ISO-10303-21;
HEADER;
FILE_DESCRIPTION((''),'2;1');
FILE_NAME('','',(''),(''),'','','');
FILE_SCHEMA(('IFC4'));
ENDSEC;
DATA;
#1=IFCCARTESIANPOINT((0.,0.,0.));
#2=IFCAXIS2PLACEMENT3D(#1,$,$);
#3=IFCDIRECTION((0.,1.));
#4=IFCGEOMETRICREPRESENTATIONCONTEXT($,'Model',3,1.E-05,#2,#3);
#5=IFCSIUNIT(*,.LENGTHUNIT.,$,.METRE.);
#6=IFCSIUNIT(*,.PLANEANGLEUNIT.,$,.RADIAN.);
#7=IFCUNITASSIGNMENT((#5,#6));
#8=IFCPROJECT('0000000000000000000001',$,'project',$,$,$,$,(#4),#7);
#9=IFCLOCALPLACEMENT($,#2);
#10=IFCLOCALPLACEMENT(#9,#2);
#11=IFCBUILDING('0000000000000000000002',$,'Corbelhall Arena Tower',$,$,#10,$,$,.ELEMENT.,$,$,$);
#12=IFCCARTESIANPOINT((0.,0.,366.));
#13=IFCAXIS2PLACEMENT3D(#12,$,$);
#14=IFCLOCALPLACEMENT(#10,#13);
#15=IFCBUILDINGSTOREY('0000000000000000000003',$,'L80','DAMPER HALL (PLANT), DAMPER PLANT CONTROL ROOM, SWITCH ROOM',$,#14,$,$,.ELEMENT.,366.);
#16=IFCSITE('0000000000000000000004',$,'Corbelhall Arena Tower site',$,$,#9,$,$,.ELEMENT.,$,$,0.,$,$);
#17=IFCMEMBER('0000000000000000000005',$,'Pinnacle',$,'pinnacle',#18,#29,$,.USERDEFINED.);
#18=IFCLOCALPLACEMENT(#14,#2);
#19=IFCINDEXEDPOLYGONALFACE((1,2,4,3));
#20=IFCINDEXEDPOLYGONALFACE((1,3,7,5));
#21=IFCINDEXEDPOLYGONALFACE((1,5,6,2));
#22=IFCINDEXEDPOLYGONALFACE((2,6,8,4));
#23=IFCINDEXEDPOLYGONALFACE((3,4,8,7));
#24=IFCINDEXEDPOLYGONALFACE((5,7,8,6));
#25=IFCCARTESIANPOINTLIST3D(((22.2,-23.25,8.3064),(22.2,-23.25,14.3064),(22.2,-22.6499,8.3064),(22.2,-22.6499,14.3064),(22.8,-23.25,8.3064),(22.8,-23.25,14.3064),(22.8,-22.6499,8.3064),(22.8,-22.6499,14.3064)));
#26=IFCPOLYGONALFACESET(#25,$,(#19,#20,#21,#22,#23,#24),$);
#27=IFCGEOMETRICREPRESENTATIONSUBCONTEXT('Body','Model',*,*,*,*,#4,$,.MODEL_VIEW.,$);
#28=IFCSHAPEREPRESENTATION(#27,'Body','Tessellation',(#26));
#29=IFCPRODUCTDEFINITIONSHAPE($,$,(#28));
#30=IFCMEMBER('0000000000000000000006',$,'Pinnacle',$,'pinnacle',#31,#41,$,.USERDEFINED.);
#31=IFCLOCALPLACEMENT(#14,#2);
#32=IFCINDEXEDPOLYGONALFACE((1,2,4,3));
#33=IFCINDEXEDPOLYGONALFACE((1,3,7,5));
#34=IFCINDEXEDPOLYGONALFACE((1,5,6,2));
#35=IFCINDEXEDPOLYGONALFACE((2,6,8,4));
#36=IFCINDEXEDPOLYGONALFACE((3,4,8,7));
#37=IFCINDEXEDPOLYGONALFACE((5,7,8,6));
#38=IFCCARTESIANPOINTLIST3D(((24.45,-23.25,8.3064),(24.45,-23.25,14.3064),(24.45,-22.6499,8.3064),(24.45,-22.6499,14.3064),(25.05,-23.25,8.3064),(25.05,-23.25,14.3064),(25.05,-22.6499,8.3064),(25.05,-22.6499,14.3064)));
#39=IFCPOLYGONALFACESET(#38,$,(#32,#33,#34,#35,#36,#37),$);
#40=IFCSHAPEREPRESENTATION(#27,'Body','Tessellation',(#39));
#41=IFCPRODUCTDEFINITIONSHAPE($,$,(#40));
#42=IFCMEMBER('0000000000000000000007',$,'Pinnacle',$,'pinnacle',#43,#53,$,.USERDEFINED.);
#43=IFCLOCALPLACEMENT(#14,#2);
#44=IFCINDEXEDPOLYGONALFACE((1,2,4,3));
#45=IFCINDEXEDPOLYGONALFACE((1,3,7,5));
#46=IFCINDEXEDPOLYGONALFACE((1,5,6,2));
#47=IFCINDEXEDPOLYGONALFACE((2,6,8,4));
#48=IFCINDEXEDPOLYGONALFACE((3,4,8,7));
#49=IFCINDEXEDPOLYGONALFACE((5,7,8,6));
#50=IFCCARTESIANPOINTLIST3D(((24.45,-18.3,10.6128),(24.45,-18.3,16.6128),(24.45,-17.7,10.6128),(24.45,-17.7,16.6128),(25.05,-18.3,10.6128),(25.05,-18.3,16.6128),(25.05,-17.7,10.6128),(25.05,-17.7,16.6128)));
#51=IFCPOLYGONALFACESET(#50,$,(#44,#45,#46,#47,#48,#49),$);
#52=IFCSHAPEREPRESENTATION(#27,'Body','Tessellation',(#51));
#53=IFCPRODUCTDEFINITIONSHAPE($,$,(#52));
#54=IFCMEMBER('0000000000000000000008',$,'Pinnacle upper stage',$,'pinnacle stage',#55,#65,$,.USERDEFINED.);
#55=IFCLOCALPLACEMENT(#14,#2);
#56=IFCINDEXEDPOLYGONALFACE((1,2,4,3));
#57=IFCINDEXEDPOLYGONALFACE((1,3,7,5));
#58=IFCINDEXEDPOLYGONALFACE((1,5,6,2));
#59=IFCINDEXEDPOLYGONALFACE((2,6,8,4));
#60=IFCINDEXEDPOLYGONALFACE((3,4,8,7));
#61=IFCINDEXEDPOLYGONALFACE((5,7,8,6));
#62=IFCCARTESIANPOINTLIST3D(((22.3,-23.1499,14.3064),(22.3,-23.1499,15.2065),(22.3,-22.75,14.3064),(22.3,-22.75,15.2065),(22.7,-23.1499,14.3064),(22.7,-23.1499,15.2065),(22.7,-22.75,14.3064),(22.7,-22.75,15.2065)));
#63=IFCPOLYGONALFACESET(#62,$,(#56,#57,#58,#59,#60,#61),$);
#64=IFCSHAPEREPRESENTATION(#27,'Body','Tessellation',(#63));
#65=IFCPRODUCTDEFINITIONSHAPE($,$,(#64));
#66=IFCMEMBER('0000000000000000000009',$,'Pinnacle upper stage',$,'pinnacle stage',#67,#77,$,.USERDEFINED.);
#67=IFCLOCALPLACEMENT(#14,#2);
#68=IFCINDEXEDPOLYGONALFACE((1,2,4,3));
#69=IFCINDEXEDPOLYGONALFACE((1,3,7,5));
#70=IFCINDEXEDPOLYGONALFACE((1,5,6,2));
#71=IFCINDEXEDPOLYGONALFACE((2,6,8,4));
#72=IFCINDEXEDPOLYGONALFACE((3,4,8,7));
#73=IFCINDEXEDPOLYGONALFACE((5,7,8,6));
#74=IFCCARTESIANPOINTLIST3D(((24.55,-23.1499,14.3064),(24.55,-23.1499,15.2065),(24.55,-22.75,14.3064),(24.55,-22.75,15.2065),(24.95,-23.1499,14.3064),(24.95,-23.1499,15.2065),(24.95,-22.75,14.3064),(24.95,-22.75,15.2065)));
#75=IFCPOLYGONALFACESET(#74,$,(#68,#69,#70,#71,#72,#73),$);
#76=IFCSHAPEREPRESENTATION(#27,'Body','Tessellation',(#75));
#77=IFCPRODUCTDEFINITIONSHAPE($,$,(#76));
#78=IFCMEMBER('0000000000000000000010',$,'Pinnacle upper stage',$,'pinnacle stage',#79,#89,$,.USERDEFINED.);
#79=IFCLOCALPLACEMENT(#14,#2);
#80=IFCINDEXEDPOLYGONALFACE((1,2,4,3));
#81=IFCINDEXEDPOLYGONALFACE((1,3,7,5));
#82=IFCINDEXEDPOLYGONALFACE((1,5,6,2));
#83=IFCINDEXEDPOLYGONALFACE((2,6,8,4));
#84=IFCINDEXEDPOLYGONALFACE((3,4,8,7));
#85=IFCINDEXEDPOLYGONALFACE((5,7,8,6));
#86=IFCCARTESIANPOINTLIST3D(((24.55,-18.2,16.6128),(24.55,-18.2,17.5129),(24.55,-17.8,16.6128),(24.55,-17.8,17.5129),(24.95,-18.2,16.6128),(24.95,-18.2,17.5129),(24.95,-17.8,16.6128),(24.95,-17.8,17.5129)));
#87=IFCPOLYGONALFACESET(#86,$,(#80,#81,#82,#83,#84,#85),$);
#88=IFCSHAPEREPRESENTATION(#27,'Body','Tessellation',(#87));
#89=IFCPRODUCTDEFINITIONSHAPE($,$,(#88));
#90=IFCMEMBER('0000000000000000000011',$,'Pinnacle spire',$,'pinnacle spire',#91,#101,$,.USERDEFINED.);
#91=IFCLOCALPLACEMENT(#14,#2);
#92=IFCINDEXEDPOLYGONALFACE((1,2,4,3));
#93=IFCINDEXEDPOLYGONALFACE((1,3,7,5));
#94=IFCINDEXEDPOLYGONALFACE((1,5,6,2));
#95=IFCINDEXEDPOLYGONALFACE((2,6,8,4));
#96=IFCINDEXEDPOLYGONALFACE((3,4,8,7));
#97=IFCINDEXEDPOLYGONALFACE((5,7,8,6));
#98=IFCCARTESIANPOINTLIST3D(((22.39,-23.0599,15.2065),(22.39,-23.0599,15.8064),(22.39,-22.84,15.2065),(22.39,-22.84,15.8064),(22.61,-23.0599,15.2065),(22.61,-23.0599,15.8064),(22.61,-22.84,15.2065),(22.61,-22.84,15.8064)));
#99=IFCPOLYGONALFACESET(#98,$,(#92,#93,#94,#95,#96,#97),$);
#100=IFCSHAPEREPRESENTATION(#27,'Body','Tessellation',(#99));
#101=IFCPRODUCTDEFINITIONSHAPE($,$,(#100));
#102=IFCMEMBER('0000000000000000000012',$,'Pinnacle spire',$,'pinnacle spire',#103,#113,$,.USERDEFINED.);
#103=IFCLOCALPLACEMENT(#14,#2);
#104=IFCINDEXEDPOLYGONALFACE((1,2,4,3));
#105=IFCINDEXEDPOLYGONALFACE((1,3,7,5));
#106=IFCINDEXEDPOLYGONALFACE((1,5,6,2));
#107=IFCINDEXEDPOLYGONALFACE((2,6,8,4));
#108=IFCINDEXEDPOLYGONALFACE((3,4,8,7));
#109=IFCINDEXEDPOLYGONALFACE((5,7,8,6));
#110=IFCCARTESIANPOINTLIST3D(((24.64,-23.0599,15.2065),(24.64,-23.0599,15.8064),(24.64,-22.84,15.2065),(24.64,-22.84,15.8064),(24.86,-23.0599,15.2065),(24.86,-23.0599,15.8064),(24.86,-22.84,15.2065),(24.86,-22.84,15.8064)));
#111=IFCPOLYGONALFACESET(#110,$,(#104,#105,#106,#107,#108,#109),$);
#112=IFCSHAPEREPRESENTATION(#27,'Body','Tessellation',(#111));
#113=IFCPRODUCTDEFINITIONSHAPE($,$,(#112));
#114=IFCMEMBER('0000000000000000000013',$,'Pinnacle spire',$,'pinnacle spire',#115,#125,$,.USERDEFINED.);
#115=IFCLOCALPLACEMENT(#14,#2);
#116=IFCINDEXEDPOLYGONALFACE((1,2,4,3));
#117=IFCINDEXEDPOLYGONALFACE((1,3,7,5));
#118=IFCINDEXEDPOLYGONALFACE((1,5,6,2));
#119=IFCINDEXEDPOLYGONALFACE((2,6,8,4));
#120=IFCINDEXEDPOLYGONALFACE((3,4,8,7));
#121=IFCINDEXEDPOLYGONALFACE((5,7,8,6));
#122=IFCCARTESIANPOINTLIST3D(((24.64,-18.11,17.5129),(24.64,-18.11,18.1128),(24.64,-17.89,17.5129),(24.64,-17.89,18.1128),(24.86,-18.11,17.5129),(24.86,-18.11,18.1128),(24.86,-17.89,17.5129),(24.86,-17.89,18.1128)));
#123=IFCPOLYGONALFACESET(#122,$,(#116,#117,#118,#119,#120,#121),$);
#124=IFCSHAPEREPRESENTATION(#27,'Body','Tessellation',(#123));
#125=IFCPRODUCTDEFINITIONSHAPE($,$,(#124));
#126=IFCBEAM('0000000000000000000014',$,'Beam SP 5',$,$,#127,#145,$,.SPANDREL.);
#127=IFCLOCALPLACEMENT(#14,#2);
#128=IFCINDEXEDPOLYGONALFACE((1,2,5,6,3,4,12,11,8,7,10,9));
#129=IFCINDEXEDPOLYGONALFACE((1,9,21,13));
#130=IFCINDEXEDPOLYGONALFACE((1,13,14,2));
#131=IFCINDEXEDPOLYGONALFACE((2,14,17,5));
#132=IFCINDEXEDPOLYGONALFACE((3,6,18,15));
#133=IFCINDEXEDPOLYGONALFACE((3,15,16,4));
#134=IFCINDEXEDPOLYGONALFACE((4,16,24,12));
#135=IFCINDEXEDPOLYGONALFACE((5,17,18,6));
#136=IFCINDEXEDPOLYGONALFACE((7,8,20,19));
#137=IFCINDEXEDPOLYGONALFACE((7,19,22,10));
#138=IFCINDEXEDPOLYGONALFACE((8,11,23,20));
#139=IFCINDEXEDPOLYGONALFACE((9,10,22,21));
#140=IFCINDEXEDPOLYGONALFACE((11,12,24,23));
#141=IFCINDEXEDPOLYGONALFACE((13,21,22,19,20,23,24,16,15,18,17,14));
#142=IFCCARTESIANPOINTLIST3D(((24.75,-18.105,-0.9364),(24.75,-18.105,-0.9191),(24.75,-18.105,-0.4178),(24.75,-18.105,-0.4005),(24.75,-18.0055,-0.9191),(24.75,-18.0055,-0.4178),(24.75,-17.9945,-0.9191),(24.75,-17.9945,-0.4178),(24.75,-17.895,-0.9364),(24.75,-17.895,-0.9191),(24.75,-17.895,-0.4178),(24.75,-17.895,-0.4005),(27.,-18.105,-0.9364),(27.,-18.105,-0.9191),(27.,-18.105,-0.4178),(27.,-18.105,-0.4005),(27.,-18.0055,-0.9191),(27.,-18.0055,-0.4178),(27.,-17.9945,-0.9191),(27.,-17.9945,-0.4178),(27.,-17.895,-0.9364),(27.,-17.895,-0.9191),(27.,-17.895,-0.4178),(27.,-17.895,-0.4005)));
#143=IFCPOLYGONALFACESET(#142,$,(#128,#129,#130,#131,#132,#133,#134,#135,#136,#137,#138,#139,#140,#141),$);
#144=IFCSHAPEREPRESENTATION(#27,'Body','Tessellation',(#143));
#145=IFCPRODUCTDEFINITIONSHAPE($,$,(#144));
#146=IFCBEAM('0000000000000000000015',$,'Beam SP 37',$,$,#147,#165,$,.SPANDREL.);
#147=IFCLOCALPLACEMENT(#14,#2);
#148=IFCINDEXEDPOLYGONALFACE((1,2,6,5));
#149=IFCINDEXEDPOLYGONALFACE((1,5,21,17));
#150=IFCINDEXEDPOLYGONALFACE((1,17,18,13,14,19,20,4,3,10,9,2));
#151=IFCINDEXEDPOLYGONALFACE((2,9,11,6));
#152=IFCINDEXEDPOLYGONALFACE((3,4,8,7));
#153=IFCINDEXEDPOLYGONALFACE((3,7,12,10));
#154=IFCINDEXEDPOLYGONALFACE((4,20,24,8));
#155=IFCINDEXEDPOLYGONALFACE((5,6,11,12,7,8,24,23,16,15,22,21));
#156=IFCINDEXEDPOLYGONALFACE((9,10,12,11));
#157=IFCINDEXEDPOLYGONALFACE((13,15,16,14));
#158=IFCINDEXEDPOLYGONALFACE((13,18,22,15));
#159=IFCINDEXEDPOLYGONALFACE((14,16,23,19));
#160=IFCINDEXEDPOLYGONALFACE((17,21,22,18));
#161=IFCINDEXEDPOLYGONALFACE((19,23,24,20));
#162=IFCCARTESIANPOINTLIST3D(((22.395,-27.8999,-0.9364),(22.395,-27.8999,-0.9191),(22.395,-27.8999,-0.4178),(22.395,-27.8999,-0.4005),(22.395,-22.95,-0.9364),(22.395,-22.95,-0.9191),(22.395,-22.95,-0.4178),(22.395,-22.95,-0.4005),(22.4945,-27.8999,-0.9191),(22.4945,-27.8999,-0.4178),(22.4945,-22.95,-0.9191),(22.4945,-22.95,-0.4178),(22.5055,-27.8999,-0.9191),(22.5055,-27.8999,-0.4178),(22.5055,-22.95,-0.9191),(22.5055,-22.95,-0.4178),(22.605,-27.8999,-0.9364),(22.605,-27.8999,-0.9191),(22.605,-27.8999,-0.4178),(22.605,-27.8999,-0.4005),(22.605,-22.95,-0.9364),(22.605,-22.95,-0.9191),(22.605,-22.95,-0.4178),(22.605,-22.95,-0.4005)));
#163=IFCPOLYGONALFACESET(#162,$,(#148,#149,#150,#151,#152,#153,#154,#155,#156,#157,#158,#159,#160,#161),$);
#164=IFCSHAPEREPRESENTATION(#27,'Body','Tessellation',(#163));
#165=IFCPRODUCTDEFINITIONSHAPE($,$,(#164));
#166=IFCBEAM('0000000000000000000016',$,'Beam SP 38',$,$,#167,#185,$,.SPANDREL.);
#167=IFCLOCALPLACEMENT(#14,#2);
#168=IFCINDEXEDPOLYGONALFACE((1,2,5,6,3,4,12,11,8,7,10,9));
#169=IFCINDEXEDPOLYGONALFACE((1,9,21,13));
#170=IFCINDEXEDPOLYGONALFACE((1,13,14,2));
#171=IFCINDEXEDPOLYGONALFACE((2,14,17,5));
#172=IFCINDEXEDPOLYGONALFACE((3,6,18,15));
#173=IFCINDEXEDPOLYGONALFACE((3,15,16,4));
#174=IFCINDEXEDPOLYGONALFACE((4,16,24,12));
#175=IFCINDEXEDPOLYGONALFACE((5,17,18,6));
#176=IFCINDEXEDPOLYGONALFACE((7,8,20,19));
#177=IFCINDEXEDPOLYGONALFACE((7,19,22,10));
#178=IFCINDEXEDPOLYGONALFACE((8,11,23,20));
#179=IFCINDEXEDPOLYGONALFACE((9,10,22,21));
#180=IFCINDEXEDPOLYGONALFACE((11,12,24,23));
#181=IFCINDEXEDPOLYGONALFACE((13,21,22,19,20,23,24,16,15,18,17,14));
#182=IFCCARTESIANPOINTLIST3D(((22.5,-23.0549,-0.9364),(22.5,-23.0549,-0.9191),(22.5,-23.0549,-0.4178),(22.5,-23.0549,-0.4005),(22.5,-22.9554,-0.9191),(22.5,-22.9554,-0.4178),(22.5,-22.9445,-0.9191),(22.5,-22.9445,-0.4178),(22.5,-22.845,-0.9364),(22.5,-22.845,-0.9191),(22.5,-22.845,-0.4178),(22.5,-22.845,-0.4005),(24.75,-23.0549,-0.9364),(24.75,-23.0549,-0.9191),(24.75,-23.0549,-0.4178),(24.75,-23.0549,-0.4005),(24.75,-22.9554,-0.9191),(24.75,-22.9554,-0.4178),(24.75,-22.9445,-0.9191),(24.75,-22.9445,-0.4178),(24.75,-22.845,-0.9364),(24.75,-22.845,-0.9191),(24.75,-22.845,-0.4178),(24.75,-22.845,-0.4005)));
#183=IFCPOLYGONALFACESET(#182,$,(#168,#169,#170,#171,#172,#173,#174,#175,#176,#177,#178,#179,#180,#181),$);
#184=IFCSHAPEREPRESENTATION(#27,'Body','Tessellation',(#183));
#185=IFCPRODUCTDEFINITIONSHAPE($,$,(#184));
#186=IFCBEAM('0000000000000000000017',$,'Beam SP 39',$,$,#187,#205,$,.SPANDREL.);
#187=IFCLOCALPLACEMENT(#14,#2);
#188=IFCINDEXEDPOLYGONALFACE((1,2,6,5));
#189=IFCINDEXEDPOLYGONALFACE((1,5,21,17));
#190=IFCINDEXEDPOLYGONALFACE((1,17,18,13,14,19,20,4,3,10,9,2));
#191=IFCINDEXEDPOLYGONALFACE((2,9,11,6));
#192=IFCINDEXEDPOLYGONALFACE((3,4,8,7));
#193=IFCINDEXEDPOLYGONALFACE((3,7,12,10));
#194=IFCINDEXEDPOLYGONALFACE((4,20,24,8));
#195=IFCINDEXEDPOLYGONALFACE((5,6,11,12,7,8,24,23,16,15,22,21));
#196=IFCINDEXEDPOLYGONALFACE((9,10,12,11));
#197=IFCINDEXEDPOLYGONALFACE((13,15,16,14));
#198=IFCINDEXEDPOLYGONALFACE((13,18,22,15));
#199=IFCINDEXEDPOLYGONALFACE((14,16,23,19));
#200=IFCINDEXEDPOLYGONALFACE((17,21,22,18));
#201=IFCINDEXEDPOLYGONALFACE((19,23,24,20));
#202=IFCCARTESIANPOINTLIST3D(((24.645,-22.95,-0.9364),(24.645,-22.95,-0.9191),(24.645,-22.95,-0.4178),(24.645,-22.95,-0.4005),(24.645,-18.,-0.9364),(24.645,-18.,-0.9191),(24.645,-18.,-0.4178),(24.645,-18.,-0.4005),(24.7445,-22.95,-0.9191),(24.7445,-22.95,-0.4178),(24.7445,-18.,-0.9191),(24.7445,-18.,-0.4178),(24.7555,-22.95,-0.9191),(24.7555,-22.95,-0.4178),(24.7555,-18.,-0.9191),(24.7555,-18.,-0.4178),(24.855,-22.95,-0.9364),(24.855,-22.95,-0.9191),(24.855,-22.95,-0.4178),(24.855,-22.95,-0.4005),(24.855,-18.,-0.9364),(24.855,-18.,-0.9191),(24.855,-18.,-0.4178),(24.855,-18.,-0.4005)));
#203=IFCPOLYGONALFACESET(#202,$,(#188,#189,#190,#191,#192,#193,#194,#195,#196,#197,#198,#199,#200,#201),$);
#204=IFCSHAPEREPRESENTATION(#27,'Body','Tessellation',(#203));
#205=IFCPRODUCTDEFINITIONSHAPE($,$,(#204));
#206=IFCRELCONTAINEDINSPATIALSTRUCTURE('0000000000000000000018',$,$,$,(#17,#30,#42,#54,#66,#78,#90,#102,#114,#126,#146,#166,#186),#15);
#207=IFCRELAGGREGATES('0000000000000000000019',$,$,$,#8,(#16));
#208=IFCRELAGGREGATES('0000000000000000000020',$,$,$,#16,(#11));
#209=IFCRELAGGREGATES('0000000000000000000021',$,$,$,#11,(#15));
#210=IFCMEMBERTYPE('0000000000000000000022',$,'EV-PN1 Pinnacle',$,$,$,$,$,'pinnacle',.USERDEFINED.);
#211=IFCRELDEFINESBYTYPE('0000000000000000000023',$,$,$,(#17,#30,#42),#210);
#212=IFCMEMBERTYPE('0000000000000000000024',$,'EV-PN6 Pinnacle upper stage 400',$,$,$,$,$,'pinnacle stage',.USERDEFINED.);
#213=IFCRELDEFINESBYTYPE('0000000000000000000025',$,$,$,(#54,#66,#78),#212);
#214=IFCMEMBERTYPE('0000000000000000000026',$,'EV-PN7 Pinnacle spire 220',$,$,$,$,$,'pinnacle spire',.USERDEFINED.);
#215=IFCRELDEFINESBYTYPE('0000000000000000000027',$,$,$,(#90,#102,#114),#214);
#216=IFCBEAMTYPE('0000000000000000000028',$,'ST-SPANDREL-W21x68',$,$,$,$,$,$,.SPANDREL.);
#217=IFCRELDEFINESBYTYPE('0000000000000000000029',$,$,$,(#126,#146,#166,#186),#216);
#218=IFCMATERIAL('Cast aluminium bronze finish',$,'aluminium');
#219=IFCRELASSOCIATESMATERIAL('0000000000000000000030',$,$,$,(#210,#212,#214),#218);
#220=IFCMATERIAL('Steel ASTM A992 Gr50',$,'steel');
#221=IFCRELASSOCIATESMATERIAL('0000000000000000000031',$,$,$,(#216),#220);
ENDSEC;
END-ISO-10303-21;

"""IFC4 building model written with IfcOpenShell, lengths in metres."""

from ifc_helpers import new_model, si_unit, direction, frame, origin, origin_2d, place, context, subcontext, project, spatial, rectangle, i_section, extrude, material, material_profile, profile_set, type_object, element, save


model = new_model("IFC4")

# Units and contexts
model_context = context("Model", 3, precision=1e-05, world=origin(), true_north=direction((0.0, 1.0)))
body_context = subcontext(model_context, "Body", "Model", "MODEL_VIEW")
ifc_project = project(units=[si_unit("LENGTHUNIT", "METRE"), si_unit("PLANEANGLEUNIT", "RADIAN")], contexts=[model_context])

# Site, building, storey
site_placement = place(None, origin())
site = spatial("IfcSite", under=ifc_project, at=site_placement, Name="Corbelhall Arena Tower site", CompositionType="ELEMENT", RefElevation=0.0)
building_placement = place(site_placement, origin())
building = spatial("IfcBuilding", under=site, at=building_placement, Name="Corbelhall Arena Tower", CompositionType="ELEMENT")
storey_placement = place(building_placement, frame((0.0, 0.0, 366.0)))
storey = spatial("IfcBuildingStorey", under=building, at=storey_placement, Name="L80", Description="DAMPER HALL (PLANT), DAMPER PLANT CONTROL ROOM, SWITCH ROOM", CompositionType="ELEMENT", Elevation=366.0)

# Members
ifc_material_1 = material(Name="Cast aluminium bronze finish", Category="aluminium")
ifc_material_profile_1 = material_profile(ifc_material_1, rectangle(XDim=0.6001, YDim=0.6001, at=origin_2d()))
ifc_profile_set_1 = profile_set([ifc_material_profile_1], Name="Cast aluminium bronze finish")
member_type_1 = type_object("IfcMemberType", Name="EV-PN1 Pinnacle", ElementType="pinnacle", PredefinedType="USERDEFINED", material=ifc_profile_set_1)
for number, where, z_axis, x_axis, name in (
    (1, (22.5, -22.95, 8.3064), (0.0, 0.0, 1.0), (1.0, 0.0, 0.0), "Pinnacle"),
    (2, (24.75, -22.95, 8.3064), (0.0, 0.0, 1.0), (1.0, 0.0, 0.0), "Pinnacle"),
    (3, (24.75, -18.0, 10.6128), (0.0, 0.0, 1.0), (1.0, 0.0, 0.0), "Pinnacle"),
):
    element("IfcMember", number, at=place(storey_placement, frame(where, z_axis=z_axis, x_axis=x_axis)), inside=storey, type_object=member_type_1, Name=name, ObjectType="pinnacle", PredefinedType="USERDEFINED", context=body_context, shape_type="SweptSolid", body=[
        extrude(rectangle(XDim=0.6001, YDim=0.6001, at=origin_2d()), origin(), (0.0, 0.0, 1.0), 6.0),
    ])
ifc_material_profile_2 = material_profile(ifc_material_1, rectangle(XDim=0.3999, YDim=0.3999, at=origin_2d()))
ifc_profile_set_2 = profile_set([ifc_material_profile_2], Name="Cast aluminium bronze finish")
member_type_2 = type_object("IfcMemberType", Name="EV-PN6 Pinnacle upper stage 400", ElementType="pinnacle stage", PredefinedType="USERDEFINED", material=ifc_profile_set_2)
for number, where, z_axis, x_axis, name in (
    (4, (22.5, -22.95, 14.3064), (0.0, 0.0, 1.0), (1.0, 0.0, 0.0), "Pinnacle upper stage"),
    (5, (24.75, -22.95, 14.3064), (0.0, 0.0, 1.0), (1.0, 0.0, 0.0), "Pinnacle upper stage"),
    (6, (24.75, -18.0, 16.6128), (0.0, 0.0, 1.0), (1.0, 0.0, 0.0), "Pinnacle upper stage"),
):
    element("IfcMember", number, at=place(storey_placement, frame(where, z_axis=z_axis, x_axis=x_axis)), inside=storey, type_object=member_type_2, Name=name, ObjectType="pinnacle stage", PredefinedType="USERDEFINED", context=body_context, shape_type="SweptSolid", body=[
        extrude(rectangle(XDim=0.3999, YDim=0.3999, at=origin_2d()), origin(), (0.0, 0.0, 1.0), 0.9001),
    ])
ifc_material_profile_3 = material_profile(ifc_material_1, rectangle(XDim=0.22, YDim=0.22, at=origin_2d()))
ifc_profile_set_3 = profile_set([ifc_material_profile_3], Name="Cast aluminium bronze finish")
member_type_3 = type_object("IfcMemberType", Name="EV-PN7 Pinnacle spire 220", ElementType="pinnacle spire", PredefinedType="USERDEFINED", material=ifc_profile_set_3)
for number, where, z_axis, x_axis, name in (
    (7, (22.5, -22.95, 15.2065), (0.0, 0.0, 1.0), (1.0, 0.0, 0.0), "Pinnacle spire"),
    (8, (24.75, -22.95, 15.2065), (0.0, 0.0, 1.0), (1.0, 0.0, 0.0), "Pinnacle spire"),
    (9, (24.75, -18.0, 17.5129), (0.0, 0.0, 1.0), (1.0, 0.0, 0.0), "Pinnacle spire"),
):
    element("IfcMember", number, at=place(storey_placement, frame(where, z_axis=z_axis, x_axis=x_axis)), inside=storey, type_object=member_type_3, Name=name, ObjectType="pinnacle spire", PredefinedType="USERDEFINED", context=body_context, shape_type="SweptSolid", body=[
        extrude(rectangle(XDim=0.22, YDim=0.22, at=origin_2d()), origin(), (0.0, 0.0, 1.0), 0.5999),
    ])

# Beams
ifc_material_2 = material(Name="Steel ASTM A992 Gr50", Category="steel")
ifc_material_profile_4 = material_profile(ifc_material_2, i_section(OverallWidth=0.21, OverallDepth=0.5359, WebThickness=0.011, FlangeThickness=0.0173, at=origin_2d()))
ifc_profile_set_4 = profile_set([ifc_material_profile_4], Name="Steel ASTM A992 Gr50")
beam_type = type_object("IfcBeamType", Name="ST-SPANDREL-W21x68", PredefinedType="SPANDREL", material=ifc_profile_set_4)
beam_1_placement = place(storey_placement, frame((27.0, -18.0, -0.6685), z_axis=(-1.0, 0.0, 0.0), x_axis=(0.0, -1.0, 0.0)))
element("IfcBeam", 10, at=beam_1_placement, inside=storey, type_object=beam_type, Name="Beam SP 5", PredefinedType="SPANDREL", context=body_context, shape_type="SweptSolid", body=[
    extrude(i_section(OverallWidth=0.21, OverallDepth=0.5359, WebThickness=0.011, FlangeThickness=0.0173, at=origin_2d()), origin(), (0.0, 0.0, 1.0), 2.25),
])
beam_2_placement = place(storey_placement, frame((22.5, -22.95, -0.6685), z_axis=(0.0, -1.0, 0.0), x_axis=(1.0, 0.0, 0.0)))
element("IfcBeam", 11, at=beam_2_placement, inside=storey, type_object=beam_type, Name="Beam SP 37", PredefinedType="SPANDREL", context=body_context, shape_type="SweptSolid", body=[
    extrude(i_section(OverallWidth=0.21, OverallDepth=0.5359, WebThickness=0.011, FlangeThickness=0.0173, at=origin_2d()), origin(), (0.0, 0.0, 1.0), 4.95),
])
beam_3_placement = place(storey_placement, frame((24.75, -22.95, -0.6685), z_axis=(-1.0, 0.0, 0.0), x_axis=(0.0, -1.0, 0.0)))
element("IfcBeam", 12, at=beam_3_placement, inside=storey, type_object=beam_type, Name="Beam SP 38", PredefinedType="SPANDREL", context=body_context, shape_type="SweptSolid", body=[
    extrude(i_section(OverallWidth=0.21, OverallDepth=0.5359, WebThickness=0.011, FlangeThickness=0.0173, at=origin_2d()), origin(), (0.0, 0.0, 1.0), 2.25),
])
beam_4_placement = place(storey_placement, frame((24.75, -18.0, -0.6685), z_axis=(0.0, -1.0, 0.0), x_axis=(1.0, 0.0, 0.0)))
element("IfcBeam", 13, at=beam_4_placement, inside=storey, type_object=beam_type, Name="Beam SP 39", PredefinedType="SPANDREL", context=body_context, shape_type="SweptSolid", body=[
    extrude(i_section(OverallWidth=0.21, OverallDepth=0.5359, WebThickness=0.011, FlangeThickness=0.0173, at=origin_2d()), origin(), (0.0, 0.0, 1.0), 4.95),
])

save(model, "model.ifc")
